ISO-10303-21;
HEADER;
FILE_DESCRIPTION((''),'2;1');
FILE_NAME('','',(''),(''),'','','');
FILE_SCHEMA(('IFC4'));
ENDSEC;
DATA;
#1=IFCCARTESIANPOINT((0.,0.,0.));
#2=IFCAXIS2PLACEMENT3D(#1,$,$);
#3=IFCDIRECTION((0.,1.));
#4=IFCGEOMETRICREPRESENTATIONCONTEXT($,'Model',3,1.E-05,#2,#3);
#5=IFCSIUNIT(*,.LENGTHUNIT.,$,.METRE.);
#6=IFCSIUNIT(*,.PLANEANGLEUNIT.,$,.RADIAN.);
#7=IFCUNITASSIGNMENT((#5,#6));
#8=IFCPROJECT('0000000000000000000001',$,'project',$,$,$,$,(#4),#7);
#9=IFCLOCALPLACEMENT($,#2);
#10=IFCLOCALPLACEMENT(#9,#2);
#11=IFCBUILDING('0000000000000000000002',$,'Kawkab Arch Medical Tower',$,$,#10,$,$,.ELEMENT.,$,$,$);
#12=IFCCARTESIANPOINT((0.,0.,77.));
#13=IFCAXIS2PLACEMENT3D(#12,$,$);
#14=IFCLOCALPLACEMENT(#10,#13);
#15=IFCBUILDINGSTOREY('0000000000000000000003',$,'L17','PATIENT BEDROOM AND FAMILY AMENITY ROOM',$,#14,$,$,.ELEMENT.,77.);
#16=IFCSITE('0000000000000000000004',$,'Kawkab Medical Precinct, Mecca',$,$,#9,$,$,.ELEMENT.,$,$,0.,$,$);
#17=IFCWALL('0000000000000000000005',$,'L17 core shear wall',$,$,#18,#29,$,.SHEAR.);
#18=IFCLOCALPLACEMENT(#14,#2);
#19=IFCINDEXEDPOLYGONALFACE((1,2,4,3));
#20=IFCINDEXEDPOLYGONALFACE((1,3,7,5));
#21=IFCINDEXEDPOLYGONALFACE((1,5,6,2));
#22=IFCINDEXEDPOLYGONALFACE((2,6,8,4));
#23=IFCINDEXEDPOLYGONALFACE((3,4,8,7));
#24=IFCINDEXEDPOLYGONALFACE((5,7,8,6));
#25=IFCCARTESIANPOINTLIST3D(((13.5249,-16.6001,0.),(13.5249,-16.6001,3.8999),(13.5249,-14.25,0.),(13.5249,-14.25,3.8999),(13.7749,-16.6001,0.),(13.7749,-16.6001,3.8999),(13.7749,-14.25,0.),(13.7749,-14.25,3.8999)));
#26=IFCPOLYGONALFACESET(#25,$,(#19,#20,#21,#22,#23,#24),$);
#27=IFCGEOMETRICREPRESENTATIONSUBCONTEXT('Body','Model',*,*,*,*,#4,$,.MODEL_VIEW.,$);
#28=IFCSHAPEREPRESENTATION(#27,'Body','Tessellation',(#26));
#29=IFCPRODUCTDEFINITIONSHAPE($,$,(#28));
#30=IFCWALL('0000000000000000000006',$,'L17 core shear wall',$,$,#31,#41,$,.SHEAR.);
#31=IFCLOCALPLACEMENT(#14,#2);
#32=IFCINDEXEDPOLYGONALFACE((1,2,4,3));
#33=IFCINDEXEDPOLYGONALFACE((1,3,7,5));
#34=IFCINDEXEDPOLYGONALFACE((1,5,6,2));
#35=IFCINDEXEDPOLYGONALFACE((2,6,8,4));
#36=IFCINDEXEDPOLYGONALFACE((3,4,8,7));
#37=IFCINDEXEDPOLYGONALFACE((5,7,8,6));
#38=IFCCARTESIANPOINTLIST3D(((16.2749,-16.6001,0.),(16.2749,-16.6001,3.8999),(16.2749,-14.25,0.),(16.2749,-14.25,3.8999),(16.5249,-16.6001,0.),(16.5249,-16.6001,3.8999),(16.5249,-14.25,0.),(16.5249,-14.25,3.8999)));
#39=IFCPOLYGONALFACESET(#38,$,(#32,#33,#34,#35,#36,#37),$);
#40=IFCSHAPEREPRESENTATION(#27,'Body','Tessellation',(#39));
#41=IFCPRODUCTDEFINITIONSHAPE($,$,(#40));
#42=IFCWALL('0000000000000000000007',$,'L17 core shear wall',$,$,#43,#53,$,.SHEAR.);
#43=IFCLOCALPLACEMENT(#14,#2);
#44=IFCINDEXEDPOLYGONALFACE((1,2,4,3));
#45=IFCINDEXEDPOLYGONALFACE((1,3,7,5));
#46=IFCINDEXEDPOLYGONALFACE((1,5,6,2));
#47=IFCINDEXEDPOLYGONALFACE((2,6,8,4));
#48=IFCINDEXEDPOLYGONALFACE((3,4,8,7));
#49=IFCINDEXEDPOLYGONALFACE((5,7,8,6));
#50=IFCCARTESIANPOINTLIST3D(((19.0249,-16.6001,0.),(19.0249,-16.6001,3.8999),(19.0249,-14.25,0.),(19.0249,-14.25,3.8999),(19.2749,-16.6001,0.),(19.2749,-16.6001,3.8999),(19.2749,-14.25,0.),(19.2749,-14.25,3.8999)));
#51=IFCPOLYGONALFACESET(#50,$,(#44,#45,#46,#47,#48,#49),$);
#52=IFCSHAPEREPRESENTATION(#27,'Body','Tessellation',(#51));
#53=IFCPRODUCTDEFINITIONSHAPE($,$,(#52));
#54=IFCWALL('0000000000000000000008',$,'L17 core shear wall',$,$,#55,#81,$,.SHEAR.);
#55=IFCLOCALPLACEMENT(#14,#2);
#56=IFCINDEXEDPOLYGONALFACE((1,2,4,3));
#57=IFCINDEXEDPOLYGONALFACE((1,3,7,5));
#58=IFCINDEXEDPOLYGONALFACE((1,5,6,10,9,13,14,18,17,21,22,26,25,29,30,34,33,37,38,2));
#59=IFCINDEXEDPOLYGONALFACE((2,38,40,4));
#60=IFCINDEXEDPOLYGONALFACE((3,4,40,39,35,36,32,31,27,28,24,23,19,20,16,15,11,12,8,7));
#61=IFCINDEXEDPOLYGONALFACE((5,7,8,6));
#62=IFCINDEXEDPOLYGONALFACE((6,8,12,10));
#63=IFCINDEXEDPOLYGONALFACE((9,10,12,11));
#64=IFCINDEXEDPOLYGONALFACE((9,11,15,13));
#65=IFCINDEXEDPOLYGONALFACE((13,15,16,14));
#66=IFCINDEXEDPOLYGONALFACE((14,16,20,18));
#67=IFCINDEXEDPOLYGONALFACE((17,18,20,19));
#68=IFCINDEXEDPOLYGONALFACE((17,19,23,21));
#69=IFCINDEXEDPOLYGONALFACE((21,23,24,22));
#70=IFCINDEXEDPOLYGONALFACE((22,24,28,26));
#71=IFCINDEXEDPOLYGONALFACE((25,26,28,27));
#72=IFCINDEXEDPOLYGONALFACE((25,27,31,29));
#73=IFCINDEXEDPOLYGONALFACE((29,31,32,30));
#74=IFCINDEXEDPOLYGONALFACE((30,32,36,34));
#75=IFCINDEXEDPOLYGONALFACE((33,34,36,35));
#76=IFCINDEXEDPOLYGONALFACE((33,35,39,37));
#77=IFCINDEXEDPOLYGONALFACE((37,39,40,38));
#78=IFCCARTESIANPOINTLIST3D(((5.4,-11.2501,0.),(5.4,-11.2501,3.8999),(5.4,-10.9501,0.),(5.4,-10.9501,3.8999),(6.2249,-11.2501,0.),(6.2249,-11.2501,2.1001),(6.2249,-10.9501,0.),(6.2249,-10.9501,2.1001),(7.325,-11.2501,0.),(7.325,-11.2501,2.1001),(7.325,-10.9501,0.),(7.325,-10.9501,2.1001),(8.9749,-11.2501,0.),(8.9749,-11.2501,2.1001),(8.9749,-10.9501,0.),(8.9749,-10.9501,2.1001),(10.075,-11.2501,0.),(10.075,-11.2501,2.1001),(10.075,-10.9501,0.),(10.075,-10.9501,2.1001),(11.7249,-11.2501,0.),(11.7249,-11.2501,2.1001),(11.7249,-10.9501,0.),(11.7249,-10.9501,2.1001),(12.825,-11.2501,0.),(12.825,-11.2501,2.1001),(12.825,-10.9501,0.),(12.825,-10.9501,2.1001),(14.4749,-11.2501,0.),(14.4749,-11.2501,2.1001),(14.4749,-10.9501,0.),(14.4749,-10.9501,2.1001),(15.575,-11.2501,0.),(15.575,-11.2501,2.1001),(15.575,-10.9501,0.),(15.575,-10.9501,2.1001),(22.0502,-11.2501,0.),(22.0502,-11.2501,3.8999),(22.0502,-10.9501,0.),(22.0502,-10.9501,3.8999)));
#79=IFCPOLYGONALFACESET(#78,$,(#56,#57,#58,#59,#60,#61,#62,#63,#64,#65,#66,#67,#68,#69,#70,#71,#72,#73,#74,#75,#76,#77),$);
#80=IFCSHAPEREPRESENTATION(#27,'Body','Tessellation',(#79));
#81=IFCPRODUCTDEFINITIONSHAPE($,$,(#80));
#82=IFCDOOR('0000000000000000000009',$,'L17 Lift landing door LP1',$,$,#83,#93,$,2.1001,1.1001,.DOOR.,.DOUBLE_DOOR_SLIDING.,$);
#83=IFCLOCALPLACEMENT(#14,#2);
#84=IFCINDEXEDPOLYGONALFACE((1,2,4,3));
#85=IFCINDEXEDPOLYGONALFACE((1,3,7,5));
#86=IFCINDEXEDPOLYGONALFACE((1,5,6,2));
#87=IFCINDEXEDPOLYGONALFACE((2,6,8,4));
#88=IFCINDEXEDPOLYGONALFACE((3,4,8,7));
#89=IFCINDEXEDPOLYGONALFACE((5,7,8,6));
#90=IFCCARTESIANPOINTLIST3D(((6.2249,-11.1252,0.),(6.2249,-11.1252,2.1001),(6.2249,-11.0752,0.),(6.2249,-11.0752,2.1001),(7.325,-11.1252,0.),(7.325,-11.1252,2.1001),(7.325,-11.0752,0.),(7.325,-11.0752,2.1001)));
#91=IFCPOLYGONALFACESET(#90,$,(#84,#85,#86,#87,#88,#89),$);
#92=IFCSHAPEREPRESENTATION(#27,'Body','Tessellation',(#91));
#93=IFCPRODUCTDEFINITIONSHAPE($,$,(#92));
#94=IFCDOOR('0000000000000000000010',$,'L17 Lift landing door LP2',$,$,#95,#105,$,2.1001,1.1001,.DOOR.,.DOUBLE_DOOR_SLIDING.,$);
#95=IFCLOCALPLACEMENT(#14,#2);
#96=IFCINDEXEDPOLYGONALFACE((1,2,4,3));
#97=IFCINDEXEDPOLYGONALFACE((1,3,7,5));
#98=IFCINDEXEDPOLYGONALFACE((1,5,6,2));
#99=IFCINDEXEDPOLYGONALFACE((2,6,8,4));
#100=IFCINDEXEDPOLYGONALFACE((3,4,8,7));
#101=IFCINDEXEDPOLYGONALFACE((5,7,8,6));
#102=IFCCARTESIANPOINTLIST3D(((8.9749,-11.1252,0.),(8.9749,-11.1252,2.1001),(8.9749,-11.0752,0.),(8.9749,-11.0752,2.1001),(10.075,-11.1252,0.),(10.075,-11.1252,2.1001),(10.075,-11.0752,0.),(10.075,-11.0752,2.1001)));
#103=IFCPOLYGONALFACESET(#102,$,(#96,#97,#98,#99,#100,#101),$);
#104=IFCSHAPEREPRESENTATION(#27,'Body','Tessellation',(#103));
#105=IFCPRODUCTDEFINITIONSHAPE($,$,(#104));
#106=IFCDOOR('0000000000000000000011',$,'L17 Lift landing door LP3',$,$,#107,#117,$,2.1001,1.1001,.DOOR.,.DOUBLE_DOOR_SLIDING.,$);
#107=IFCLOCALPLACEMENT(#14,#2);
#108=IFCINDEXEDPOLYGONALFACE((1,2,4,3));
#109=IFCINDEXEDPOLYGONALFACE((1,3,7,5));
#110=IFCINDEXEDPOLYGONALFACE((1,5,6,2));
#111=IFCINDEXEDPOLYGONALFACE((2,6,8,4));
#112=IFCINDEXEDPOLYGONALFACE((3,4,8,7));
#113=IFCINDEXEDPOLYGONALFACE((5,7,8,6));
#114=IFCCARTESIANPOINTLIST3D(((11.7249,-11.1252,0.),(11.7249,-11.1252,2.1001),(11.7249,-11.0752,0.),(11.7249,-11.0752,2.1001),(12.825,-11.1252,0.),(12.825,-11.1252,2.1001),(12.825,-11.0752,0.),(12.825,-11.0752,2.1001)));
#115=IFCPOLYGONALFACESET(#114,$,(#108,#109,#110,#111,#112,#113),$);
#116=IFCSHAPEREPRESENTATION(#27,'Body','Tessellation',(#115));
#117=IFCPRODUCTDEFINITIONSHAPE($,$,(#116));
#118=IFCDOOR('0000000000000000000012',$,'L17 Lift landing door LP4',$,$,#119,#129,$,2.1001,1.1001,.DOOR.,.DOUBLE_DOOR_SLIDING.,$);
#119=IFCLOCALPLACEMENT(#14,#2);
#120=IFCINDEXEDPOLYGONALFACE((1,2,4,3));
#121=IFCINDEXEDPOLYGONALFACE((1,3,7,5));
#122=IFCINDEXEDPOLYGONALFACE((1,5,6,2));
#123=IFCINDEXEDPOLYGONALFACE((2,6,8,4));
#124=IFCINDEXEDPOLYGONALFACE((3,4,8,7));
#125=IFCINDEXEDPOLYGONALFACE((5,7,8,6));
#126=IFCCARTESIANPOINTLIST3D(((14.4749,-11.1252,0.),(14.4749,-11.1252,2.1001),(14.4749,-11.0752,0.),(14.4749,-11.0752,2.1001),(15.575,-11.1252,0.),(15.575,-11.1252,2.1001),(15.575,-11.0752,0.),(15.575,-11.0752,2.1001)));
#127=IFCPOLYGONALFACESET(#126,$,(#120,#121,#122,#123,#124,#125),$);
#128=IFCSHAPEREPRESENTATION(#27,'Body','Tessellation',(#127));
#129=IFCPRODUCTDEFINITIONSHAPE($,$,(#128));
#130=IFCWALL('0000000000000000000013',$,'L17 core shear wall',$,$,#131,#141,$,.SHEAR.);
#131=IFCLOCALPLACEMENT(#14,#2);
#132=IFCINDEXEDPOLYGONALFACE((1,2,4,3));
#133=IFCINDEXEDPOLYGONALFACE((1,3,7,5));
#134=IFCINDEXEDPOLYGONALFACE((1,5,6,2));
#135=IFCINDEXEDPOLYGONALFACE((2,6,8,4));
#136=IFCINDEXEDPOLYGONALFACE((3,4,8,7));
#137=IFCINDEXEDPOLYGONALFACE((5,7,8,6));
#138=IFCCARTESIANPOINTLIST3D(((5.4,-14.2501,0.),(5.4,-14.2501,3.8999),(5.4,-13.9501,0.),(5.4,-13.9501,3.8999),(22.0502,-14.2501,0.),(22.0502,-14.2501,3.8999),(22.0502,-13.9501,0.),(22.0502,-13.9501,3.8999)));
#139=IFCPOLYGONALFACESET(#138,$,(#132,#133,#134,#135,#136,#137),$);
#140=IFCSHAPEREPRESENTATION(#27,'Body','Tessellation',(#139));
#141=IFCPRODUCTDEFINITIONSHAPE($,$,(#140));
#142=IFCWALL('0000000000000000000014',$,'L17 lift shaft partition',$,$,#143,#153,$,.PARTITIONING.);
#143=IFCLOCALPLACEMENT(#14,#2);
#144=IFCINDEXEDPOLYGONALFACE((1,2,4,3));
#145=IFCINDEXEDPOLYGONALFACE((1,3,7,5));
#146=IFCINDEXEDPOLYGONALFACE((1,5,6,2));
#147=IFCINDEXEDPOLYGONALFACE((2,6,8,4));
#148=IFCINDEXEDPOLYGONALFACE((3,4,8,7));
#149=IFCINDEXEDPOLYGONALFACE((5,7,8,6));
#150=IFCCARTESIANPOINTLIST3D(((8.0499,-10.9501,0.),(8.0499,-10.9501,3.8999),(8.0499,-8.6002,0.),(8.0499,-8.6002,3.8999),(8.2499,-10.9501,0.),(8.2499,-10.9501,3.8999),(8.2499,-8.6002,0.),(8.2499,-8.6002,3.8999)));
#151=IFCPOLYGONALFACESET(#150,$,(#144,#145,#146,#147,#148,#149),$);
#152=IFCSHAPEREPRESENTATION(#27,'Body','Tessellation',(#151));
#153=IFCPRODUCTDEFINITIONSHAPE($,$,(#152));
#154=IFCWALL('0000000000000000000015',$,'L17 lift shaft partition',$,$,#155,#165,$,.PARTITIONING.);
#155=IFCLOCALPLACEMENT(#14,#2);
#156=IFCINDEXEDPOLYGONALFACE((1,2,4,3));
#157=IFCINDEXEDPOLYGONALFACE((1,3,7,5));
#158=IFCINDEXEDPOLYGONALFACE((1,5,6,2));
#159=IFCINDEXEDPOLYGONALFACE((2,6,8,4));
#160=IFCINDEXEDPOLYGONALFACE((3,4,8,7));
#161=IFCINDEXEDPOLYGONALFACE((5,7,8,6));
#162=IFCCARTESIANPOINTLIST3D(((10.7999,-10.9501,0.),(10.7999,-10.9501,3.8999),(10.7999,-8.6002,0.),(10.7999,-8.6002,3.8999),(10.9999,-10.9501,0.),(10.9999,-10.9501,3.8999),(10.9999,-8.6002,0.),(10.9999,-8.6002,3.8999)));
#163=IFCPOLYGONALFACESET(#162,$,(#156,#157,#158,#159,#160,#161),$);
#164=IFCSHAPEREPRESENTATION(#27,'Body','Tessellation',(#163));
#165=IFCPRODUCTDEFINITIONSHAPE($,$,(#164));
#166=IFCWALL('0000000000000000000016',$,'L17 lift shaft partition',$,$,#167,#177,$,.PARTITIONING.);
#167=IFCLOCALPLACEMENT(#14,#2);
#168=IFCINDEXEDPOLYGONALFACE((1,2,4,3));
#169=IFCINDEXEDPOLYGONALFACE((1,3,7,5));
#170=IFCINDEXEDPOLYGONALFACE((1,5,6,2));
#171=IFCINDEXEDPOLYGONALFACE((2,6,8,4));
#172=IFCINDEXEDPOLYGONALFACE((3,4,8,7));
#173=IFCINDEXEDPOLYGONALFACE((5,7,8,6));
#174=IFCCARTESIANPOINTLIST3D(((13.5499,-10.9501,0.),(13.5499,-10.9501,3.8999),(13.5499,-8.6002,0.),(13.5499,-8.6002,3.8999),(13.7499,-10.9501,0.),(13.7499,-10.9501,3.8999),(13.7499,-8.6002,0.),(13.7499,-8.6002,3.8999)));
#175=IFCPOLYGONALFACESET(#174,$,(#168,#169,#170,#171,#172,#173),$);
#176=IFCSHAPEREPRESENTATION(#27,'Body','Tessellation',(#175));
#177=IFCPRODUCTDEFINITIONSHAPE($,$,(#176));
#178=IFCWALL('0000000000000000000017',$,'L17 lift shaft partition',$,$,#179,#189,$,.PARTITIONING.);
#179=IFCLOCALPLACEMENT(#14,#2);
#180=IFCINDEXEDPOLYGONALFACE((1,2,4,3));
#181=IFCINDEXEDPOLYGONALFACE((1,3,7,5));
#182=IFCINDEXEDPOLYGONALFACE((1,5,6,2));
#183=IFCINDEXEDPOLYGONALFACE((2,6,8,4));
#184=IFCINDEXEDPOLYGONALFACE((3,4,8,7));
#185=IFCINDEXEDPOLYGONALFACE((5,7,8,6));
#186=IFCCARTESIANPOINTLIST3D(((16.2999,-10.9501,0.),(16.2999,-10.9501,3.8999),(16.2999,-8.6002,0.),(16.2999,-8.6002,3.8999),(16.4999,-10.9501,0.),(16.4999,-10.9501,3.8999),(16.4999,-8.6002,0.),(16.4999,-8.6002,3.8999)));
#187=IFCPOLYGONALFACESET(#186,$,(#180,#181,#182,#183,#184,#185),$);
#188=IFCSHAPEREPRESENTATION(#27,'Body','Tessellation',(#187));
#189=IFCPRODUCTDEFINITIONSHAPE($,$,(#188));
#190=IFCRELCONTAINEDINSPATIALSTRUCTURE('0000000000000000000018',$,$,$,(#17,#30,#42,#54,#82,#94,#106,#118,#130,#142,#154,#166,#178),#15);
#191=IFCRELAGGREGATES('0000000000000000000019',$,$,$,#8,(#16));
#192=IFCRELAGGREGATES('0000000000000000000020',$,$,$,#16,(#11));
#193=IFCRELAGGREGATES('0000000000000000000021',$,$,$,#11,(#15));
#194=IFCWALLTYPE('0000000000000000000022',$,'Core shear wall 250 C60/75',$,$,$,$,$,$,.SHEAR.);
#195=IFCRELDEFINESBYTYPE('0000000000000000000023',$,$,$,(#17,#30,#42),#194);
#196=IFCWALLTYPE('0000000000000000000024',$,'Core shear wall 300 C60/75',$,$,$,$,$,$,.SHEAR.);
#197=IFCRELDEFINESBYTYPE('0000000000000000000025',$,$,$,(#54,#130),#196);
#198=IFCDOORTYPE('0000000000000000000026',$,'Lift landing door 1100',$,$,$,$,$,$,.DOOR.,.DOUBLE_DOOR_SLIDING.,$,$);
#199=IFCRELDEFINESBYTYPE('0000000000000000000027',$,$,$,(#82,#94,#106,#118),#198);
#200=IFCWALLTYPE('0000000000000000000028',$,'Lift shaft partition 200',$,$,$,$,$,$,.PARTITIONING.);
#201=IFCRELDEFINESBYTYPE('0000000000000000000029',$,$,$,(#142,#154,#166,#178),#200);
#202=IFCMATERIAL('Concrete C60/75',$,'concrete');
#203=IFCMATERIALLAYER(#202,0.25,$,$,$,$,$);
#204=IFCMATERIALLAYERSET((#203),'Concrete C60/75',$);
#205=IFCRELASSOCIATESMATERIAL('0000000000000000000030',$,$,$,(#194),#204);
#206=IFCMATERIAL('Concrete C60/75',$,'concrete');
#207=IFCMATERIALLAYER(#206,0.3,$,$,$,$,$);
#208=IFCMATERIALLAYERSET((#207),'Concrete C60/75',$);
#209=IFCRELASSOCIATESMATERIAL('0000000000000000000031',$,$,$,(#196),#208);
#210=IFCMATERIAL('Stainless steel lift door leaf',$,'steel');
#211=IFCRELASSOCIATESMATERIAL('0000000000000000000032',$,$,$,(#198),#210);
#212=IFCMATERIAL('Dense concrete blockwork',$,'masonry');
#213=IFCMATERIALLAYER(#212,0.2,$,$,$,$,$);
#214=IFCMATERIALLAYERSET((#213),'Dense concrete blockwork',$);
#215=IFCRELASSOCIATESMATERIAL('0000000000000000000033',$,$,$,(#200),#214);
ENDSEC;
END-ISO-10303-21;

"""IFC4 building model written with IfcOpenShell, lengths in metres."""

from ifc_helpers import new_model, si_unit, direction, frame, frame_2d, origin, place, context, subcontext, project, spatial, rectangle, extrude, material, layer, layer_set, type_object, element, fill, save


model = new_model("IFC4")

# Units and contexts
model_context = context("Model", 3, precision=1e-05, world=origin(), true_north=direction((0.0, 1.0)))
body_context = subcontext(model_context, "Body", "Model", "MODEL_VIEW")
ifc_project = project(units=[si_unit("LENGTHUNIT", "METRE"), si_unit("PLANEANGLEUNIT", "RADIAN")], contexts=[model_context])

# Site, building, storey
site_placement = place(None, origin())
site = spatial("IfcSite", under=ifc_project, at=site_placement, Name="Kawkab Medical Precinct, Mecca", CompositionType="ELEMENT", RefElevation=0.0)
building_placement = place(site_placement, origin())
building = spatial("IfcBuilding", under=site, at=building_placement, Name="Kawkab Arch Medical Tower", CompositionType="ELEMENT")
storey_placement = place(building_placement, frame((0.0, 0.0, 77.0)))
storey = spatial("IfcBuildingStorey", under=building, at=storey_placement, Name="L17", Description="PATIENT BEDROOM AND FAMILY AMENITY ROOM", CompositionType="ELEMENT", Elevation=77.0)

# Walls
ifc_material_1 = material(Name="Concrete C60/75", Category="concrete")
ifc_layer_1 = layer(ifc_material_1, 0.25)
ifc_layer_set_1 = layer_set([ifc_layer_1], Name="Concrete C60/75")
wall_type_1 = type_object("IfcWallType", Name="Core shear wall 250 C60/75", PredefinedType="SHEAR", material=ifc_layer_set_1)
for number, where, z_axis, x_axis, name in (
    (1, (13.6499, -16.6001, 0.0), (0.0, 0.0, 1.0), (0.0, 1.0, 0.0), "L17 core shear wall"),
    (2, (16.3999, -16.6001, 0.0), (0.0, 0.0, 1.0), (0.0, 1.0, 0.0), "L17 core shear wall"),
    (3, (19.1499, -16.6001, 0.0), (0.0, 0.0, 1.0), (0.0, 1.0, 0.0), "L17 core shear wall"),
):
    element("IfcWall", number, at=place(storey_placement, frame(where, z_axis=z_axis, x_axis=x_axis)), inside=storey, type_object=wall_type_1, Name=name, PredefinedType="SHEAR", context=body_context, shape_type="SweptSolid", body=[
        extrude(rectangle(XDim=2.3501, YDim=0.25, at=frame_2d((1.175, 0.0))), origin(), (0.0, 0.0, 1.0), 3.8999),
    ])

# Wall, openings, doors
ifc_material_2 = material(Name="Concrete C60/75", Category="concrete")
ifc_layer_2 = layer(ifc_material_2, 0.3)
ifc_layer_set_2 = layer_set([ifc_layer_2], Name="Concrete C60/75")
wall_type_2 = type_object("IfcWallType", Name="Core shear wall 300 C60/75", PredefinedType="SHEAR", material=ifc_layer_set_2)
wall_1_placement = place(storey_placement, frame((5.3999, -11.1001, 0.0), z_axis=(0.0, 0.0, 1.0), x_axis=(1.0, 0.0, 0.0)))
wall_1 = element("IfcWall", 4, at=wall_1_placement, inside=storey, type_object=wall_type_2, Name="L17 core shear wall", PredefinedType="SHEAR", context=body_context, shape_type="SweptSolid", body=[
    extrude(rectangle(XDim=16.6501, YDim=0.3, at=frame_2d((8.3252, 0.0))), origin(), (0.0, 0.0, 1.0), 3.8999),
])
opening_1_placement = place(wall_1_placement, frame((0.825, 0.0, 0.0)))
opening_1 = element("IfcOpeningElement", 5, at=opening_1_placement, cuts=wall_1, PredefinedType="OPENING", context=body_context, shape_type="SweptSolid", body=[
    extrude(rectangle(XDim=1.1001, YDim=2.1001, at=frame_2d((0.55, 1.05))), frame((0.0, 0.1599, 0.0), z_axis=(0.0, -1.0, 0.0), x_axis=(1.0, 0.0, 0.0)), (0.0, 0.0, 1.0), 0.3201),
])
opening_2_placement = place(wall_1_placement, frame((3.575, 0.0, 0.0)))
opening_2 = element("IfcOpeningElement", 6, at=opening_2_placement, cuts=wall_1, PredefinedType="OPENING", context=body_context, shape_type="SweptSolid", body=[
    extrude(rectangle(XDim=1.1001, YDim=2.1001, at=frame_2d((0.55, 1.05))), frame((0.0, 0.1599, 0.0), z_axis=(0.0, -1.0, 0.0), x_axis=(1.0, 0.0, 0.0)), (0.0, 0.0, 1.0), 0.3201),
])
opening_3_placement = place(wall_1_placement, frame((6.325, 0.0, 0.0)))
opening_3 = element("IfcOpeningElement", 7, at=opening_3_placement, cuts=wall_1, PredefinedType="OPENING", context=body_context, shape_type="SweptSolid", body=[
    extrude(rectangle(XDim=1.1001, YDim=2.1001, at=frame_2d((0.55, 1.05))), frame((0.0, 0.1599, 0.0), z_axis=(0.0, -1.0, 0.0), x_axis=(1.0, 0.0, 0.0)), (0.0, 0.0, 1.0), 0.3201),
])
opening_4_placement = place(wall_1_placement, frame((9.075, 0.0, 0.0)))
opening_4 = element("IfcOpeningElement", 8, at=opening_4_placement, cuts=wall_1, PredefinedType="OPENING", context=body_context, shape_type="SweptSolid", body=[
    extrude(rectangle(XDim=1.1001, YDim=2.1001, at=frame_2d((0.55, 1.05))), frame((0.0, 0.1599, 0.0), z_axis=(0.0, -1.0, 0.0), x_axis=(1.0, 0.0, 0.0)), (0.0, 0.0, 1.0), 0.3201),
])
ifc_material_3 = material(Name="Stainless steel lift door leaf", Category="steel")
door_type = type_object("IfcDoorType", Name="Lift landing door 1100", OperationType="DOUBLE_DOOR_SLIDING", PredefinedType="DOOR", material=ifc_material_3)
door_1_placement = place(opening_1_placement, origin())
door_1 = element("IfcDoor", 9, at=door_1_placement, inside=storey, type_object=door_type, Name="L17 Lift landing door LP1", OperationType="DOUBLE_DOOR_SLIDING", OverallHeight=2.1001, OverallWidth=1.1001, PredefinedType="DOOR", context=body_context, shape_type="SweptSolid", body=[
    extrude(rectangle(XDim=1.1001, YDim=2.1001, at=frame_2d((0.55, 1.05))), frame((0.0, 0.0249, 0.0), z_axis=(0.0, -1.0, 0.0), x_axis=(1.0, 0.0, 0.0)), (0.0, 0.0, 1.0), 0.05),
])
fill(opening_1, door_1)
door_2_placement = place(opening_2_placement, origin())
door_2 = element("IfcDoor", 10, at=door_2_placement, inside=storey, type_object=door_type, Name="L17 Lift landing door LP2", OperationType="DOUBLE_DOOR_SLIDING", OverallHeight=2.1001, OverallWidth=1.1001, PredefinedType="DOOR", context=body_context, shape_type="SweptSolid", body=[
    extrude(rectangle(XDim=1.1001, YDim=2.1001, at=frame_2d((0.55, 1.05))), frame((0.0, 0.0249, 0.0), z_axis=(0.0, -1.0, 0.0), x_axis=(1.0, 0.0, 0.0)), (0.0, 0.0, 1.0), 0.05),
])
fill(opening_2, door_2)
door_3_placement = place(opening_3_placement, origin())
door_3 = element("IfcDoor", 11, at=door_3_placement, inside=storey, type_object=door_type, Name="L17 Lift landing door LP3", OperationType="DOUBLE_DOOR_SLIDING", OverallHeight=2.1001, OverallWidth=1.1001, PredefinedType="DOOR", context=body_context, shape_type="SweptSolid", body=[
    extrude(rectangle(XDim=1.1001, YDim=2.1001, at=frame_2d((0.55, 1.05))), frame((0.0, 0.0249, 0.0), z_axis=(0.0, -1.0, 0.0), x_axis=(1.0, 0.0, 0.0)), (0.0, 0.0, 1.0), 0.05),
])
fill(opening_3, door_3)
door_4_placement = place(opening_4_placement, origin())
door_4 = element("IfcDoor", 12, at=door_4_placement, inside=storey, type_object=door_type, Name="L17 Lift landing door LP4", OperationType="DOUBLE_DOOR_SLIDING", OverallHeight=2.1001, OverallWidth=1.1001, PredefinedType="DOOR", context=body_context, shape_type="SweptSolid", body=[
    extrude(rectangle(XDim=1.1001, YDim=2.1001, at=frame_2d((0.55, 1.05))), frame((0.0, 0.0249, 0.0), z_axis=(0.0, -1.0, 0.0), x_axis=(1.0, 0.0, 0.0)), (0.0, 0.0, 1.0), 0.05),
])
fill(opening_4, door_4)

# Walls
wall_2_placement = place(storey_placement, frame((5.3999, -14.1001, 0.0), z_axis=(0.0, 0.0, 1.0), x_axis=(1.0, 0.0, 0.0)))
element("IfcWall", 13, at=wall_2_placement, inside=storey, type_object=wall_type_2, Name="L17 core shear wall", PredefinedType="SHEAR", context=body_context, shape_type="SweptSolid", body=[
    extrude(rectangle(XDim=16.6501, YDim=0.3, at=frame_2d((8.3252, 0.0))), origin(), (0.0, 0.0, 1.0), 3.8999),
])
ifc_material_4 = material(Name="Dense concrete blockwork", Category="masonry")
ifc_layer_3 = layer(ifc_material_4, 0.2)
ifc_layer_set_3 = layer_set([ifc_layer_3], Name="Dense concrete blockwork")
wall_type_3 = type_object("IfcWallType", Name="Lift shaft partition 200", PredefinedType="PARTITIONING", material=ifc_layer_set_3)
for number, where, z_axis, x_axis, name in (
    (14, (8.1499, -10.95, 0.0), (0.0, 0.0, 1.0), (0.0, 1.0, 0.0), "L17 lift shaft partition"),
    (15, (10.8999, -10.95, 0.0), (0.0, 0.0, 1.0), (0.0, 1.0, 0.0), "L17 lift shaft partition"),
    (16, (13.6499, -10.95, 0.0), (0.0, 0.0, 1.0), (0.0, 1.0, 0.0), "L17 lift shaft partition"),
    (17, (16.3999, -10.95, 0.0), (0.0, 0.0, 1.0), (0.0, 1.0, 0.0), "L17 lift shaft partition"),
):
    element("IfcWall", number, at=place(storey_placement, frame(where, z_axis=z_axis, x_axis=x_axis)), inside=storey, type_object=wall_type_3, Name=name, PredefinedType="PARTITIONING", context=body_context, shape_type="SweptSolid", body=[
        extrude(rectangle(XDim=2.3499, YDim=0.2, at=frame_2d((1.1748, 0.0))), origin(), (0.0, 0.0, 1.0), 3.8999),
    ])

save(model, "model.ifc")
